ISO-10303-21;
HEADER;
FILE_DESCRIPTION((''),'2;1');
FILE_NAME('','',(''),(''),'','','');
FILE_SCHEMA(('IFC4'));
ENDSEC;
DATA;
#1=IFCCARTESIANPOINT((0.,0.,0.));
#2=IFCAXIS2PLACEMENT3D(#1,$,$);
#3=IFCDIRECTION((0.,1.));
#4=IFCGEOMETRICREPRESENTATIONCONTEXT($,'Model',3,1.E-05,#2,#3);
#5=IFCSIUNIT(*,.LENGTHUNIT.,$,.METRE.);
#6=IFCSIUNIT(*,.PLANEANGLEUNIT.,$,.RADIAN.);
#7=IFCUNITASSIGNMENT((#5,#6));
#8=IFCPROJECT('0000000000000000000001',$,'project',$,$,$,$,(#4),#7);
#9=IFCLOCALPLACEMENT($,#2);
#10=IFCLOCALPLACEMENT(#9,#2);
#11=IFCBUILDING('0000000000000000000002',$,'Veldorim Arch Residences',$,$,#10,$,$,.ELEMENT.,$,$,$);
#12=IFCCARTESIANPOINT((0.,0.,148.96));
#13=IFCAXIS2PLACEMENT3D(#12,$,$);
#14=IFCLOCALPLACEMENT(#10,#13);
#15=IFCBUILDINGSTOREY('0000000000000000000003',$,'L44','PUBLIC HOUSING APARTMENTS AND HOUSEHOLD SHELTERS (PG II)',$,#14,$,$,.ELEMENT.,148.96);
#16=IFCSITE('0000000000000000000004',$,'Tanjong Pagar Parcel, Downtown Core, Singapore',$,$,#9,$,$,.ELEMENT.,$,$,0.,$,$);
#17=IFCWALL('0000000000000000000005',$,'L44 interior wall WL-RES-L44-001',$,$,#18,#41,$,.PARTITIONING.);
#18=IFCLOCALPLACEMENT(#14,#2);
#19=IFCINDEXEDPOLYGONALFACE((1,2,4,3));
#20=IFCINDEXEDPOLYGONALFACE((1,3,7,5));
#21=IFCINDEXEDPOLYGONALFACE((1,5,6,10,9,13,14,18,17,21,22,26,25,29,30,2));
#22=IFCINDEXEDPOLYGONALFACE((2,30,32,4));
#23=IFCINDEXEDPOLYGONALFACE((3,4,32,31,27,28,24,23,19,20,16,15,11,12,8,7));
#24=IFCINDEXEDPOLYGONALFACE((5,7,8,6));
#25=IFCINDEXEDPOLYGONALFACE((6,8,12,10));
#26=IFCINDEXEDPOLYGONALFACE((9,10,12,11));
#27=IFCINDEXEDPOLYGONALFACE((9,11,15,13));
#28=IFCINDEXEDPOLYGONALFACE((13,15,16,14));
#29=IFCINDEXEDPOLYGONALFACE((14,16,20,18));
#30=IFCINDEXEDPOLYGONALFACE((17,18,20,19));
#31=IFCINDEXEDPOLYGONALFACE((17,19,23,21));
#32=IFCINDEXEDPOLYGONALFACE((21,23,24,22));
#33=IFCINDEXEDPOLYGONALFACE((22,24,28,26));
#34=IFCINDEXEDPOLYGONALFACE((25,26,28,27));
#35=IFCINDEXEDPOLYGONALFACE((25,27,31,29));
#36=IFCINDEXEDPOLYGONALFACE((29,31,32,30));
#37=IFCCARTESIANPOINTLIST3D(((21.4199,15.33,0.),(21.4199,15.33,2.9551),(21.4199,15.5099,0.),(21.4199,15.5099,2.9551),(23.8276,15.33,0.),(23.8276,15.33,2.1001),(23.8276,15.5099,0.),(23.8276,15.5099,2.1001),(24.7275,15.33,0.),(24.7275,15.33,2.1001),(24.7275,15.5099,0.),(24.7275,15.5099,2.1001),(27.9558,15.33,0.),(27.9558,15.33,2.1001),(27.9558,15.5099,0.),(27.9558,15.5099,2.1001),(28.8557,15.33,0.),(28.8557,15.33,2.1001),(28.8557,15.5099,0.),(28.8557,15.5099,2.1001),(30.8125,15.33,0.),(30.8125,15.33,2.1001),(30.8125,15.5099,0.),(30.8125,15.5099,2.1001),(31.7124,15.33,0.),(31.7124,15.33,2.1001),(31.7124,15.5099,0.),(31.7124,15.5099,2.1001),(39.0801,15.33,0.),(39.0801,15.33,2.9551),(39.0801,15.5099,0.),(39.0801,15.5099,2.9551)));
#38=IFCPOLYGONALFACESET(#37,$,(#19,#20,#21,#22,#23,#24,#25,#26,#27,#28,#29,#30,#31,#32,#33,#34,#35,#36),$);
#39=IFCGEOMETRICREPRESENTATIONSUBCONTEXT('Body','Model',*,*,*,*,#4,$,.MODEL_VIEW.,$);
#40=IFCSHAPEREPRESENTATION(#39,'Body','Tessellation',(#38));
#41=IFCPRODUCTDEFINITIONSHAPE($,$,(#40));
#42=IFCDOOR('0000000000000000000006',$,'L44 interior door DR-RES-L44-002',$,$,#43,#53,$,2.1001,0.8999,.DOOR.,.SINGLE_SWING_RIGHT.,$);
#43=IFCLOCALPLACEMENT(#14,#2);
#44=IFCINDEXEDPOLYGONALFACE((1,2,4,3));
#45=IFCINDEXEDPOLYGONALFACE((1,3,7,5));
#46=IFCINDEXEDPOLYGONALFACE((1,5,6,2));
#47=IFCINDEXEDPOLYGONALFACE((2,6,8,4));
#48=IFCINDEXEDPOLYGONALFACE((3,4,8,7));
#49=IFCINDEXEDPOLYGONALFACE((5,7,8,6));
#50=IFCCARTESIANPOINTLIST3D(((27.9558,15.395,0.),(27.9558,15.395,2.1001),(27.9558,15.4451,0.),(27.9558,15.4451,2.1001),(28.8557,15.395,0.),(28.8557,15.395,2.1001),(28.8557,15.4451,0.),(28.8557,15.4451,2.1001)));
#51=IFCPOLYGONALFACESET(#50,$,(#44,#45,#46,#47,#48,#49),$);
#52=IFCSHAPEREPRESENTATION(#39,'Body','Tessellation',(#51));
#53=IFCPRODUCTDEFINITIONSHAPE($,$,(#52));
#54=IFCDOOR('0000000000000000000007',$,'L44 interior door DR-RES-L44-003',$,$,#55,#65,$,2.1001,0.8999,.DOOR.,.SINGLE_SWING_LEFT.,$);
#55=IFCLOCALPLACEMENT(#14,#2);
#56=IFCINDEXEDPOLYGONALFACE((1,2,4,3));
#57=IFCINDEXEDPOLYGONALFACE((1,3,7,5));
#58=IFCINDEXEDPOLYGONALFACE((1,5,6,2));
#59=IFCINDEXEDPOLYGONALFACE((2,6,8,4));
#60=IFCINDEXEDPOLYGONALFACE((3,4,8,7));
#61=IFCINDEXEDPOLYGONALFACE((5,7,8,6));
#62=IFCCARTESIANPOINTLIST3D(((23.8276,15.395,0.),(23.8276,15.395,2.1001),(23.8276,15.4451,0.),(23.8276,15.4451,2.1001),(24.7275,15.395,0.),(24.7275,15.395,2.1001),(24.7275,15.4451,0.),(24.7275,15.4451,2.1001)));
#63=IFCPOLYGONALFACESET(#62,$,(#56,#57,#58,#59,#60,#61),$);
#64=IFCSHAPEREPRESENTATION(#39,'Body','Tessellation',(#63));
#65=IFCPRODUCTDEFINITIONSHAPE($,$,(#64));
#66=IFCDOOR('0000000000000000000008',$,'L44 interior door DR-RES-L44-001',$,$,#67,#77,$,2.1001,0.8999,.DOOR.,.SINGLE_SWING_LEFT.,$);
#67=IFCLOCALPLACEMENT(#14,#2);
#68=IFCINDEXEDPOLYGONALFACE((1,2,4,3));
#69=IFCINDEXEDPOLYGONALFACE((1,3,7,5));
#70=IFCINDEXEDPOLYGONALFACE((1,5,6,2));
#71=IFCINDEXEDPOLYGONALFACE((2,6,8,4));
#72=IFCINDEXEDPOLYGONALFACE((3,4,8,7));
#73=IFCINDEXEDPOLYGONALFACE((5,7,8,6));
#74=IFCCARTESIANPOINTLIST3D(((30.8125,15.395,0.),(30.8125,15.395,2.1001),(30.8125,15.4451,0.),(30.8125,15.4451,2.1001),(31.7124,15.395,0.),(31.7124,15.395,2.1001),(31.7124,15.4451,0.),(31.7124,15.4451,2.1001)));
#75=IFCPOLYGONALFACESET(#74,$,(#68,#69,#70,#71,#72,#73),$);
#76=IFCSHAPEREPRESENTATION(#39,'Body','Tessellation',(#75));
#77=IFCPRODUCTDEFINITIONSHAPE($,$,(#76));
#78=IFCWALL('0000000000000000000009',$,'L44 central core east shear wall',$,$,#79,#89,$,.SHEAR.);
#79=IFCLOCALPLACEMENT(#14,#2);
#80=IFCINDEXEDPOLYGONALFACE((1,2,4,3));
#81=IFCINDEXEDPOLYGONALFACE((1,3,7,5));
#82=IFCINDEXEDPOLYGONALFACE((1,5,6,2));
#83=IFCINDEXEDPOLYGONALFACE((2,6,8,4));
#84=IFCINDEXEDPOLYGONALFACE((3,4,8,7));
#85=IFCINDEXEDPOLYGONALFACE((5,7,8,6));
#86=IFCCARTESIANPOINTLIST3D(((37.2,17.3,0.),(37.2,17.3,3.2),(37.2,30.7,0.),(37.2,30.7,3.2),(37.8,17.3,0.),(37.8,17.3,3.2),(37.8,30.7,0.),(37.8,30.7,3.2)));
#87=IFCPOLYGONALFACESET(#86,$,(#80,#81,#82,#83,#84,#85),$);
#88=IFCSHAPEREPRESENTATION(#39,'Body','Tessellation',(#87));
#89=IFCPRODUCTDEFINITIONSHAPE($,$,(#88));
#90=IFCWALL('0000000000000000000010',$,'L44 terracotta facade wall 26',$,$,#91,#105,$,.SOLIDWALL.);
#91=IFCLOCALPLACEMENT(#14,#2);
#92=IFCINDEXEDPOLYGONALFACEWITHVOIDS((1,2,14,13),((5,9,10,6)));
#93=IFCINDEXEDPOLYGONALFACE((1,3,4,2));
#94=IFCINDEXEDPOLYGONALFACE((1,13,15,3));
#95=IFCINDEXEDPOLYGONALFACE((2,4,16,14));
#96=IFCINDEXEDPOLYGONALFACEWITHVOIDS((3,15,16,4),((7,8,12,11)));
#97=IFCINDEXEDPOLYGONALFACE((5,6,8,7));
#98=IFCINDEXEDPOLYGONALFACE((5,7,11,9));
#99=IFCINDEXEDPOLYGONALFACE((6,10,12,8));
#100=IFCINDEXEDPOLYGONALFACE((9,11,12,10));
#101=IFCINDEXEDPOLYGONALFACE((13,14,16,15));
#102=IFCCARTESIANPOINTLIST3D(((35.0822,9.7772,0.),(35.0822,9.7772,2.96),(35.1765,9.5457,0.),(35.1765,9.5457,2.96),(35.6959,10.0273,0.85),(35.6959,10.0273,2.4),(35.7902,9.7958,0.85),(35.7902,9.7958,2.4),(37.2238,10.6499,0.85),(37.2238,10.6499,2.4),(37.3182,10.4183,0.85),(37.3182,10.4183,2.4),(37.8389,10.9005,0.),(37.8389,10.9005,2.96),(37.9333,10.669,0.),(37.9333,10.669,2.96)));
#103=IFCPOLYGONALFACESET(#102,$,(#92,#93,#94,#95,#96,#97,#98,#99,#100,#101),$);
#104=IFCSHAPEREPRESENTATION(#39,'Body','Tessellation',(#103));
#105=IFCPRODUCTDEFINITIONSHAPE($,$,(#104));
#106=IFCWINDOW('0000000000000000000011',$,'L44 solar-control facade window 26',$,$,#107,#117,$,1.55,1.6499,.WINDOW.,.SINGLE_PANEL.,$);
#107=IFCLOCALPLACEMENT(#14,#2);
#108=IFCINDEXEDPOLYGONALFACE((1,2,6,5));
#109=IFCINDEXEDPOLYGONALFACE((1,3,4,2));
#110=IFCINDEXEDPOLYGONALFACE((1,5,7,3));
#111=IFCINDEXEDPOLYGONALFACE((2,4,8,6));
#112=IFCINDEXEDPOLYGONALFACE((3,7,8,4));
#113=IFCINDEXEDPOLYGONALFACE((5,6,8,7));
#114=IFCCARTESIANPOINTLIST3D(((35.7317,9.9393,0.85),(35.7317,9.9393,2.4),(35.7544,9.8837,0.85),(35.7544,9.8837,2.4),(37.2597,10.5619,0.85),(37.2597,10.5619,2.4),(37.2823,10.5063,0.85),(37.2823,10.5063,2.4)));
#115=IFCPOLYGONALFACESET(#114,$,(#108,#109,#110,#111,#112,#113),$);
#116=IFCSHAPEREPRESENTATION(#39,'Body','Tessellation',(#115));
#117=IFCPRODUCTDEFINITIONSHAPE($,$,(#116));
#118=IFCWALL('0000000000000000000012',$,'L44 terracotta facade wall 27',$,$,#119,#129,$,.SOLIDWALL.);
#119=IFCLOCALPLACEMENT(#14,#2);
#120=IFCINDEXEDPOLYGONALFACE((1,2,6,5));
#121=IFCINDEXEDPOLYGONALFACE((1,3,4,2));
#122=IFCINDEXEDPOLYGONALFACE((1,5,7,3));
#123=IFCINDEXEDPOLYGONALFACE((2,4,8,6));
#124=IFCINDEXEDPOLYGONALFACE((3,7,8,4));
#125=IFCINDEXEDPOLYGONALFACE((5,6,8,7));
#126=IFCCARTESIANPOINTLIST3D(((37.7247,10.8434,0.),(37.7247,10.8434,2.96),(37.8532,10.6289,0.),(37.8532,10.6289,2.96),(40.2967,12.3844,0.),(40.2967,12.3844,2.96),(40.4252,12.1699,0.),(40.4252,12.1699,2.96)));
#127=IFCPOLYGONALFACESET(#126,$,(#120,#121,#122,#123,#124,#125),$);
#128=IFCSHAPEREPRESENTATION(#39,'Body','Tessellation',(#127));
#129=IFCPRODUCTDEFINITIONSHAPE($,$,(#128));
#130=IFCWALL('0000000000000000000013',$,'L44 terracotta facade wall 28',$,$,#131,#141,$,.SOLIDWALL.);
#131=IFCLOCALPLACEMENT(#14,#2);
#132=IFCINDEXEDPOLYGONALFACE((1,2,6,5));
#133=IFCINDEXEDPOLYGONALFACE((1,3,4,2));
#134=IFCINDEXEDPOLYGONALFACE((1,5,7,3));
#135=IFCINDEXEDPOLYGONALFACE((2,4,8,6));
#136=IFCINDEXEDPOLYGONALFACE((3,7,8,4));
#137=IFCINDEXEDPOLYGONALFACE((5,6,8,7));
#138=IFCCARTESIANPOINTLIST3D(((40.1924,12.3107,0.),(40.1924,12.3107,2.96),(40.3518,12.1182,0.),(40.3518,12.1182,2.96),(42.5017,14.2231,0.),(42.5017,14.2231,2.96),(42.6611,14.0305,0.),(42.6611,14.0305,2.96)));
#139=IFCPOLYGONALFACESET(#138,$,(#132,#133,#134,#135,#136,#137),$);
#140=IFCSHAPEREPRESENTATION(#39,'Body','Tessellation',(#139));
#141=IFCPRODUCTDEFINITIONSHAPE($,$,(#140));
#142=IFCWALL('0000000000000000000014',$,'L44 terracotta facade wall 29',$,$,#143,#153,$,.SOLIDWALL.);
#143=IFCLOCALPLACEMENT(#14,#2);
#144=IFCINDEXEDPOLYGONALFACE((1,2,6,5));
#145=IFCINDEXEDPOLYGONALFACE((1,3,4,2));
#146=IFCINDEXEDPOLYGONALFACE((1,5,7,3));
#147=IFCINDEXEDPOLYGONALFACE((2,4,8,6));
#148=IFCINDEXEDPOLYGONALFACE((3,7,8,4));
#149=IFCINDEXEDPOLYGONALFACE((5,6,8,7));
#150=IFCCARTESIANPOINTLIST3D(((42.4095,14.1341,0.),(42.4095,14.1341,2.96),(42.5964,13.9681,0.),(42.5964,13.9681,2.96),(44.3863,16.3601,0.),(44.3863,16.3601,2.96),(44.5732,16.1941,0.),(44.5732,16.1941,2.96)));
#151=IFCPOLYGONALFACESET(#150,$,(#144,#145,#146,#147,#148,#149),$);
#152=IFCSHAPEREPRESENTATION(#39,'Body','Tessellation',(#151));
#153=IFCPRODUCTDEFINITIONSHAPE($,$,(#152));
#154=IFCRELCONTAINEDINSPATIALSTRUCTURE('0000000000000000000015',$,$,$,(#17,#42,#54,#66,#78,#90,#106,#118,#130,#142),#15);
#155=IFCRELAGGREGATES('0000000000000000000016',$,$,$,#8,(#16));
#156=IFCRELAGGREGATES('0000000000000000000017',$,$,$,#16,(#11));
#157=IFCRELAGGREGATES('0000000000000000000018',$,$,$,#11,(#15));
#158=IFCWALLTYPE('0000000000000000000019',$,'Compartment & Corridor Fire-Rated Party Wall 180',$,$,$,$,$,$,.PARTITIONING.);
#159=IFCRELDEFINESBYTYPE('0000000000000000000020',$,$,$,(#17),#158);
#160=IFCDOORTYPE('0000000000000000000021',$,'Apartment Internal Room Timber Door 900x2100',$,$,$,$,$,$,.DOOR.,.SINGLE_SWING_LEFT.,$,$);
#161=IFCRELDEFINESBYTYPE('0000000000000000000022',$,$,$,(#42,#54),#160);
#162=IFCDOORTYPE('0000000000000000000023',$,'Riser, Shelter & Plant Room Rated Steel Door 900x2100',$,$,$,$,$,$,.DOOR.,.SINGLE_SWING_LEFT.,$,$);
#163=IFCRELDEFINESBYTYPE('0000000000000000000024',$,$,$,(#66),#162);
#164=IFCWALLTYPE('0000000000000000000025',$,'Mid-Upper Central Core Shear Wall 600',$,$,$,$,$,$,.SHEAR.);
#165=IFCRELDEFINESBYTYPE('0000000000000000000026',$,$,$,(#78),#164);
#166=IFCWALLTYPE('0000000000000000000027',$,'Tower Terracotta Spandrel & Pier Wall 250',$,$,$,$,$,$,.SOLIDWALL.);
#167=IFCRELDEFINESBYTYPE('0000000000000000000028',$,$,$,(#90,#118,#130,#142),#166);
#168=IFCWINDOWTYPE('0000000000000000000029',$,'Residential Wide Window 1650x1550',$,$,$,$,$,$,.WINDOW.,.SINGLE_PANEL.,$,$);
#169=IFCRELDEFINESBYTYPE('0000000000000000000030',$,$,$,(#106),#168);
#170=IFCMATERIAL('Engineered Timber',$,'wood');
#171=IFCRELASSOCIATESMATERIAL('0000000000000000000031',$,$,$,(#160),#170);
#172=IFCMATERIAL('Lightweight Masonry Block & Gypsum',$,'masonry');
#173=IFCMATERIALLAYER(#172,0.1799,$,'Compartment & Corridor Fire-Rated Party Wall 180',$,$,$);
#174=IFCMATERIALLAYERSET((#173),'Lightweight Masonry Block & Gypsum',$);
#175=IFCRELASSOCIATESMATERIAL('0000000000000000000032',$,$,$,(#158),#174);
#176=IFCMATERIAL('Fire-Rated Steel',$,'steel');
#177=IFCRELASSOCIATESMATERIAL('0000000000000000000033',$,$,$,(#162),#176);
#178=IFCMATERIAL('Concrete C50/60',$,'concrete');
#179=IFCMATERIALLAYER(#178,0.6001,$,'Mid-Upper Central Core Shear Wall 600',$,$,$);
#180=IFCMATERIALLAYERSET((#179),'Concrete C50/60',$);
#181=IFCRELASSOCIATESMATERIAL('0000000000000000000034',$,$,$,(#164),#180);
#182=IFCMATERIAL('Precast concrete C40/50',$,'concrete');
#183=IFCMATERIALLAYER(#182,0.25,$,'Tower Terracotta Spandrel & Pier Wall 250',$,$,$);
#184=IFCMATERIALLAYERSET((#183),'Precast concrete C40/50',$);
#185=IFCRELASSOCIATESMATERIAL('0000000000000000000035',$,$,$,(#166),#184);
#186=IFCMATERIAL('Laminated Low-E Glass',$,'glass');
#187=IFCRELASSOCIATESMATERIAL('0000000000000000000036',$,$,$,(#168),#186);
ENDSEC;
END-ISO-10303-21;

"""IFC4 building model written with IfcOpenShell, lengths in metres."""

from ifc_helpers import new_model, si_unit, direction, frame, frame_2d, origin, place, context, subcontext, project, spatial, rectangle, extrude, material, layer, layer_set, type_object, element, fill, save


model = new_model("IFC4")

# Units and contexts
model_context = context("Model", 3, precision=1e-05, world=origin(), true_north=direction((0.0, 1.0)))
body_context = subcontext(model_context, "Body", "Model", "MODEL_VIEW")
ifc_project = project(units=[si_unit("LENGTHUNIT", "METRE"), si_unit("PLANEANGLEUNIT", "RADIAN")], contexts=[model_context])

# Site, building, storey
site_placement = place(None, origin())
site = spatial("IfcSite", under=ifc_project, at=site_placement, Name="Tanjong Pagar Parcel, Downtown Core, Singapore", CompositionType="ELEMENT", RefElevation=0.0)
building_placement = place(site_placement, origin())
building = spatial("IfcBuilding", under=site, at=building_placement, Name="Veldorim Arch Residences", CompositionType="ELEMENT")
storey_placement = place(building_placement, frame((0.0, 0.0, 148.96)))
storey = spatial("IfcBuildingStorey", under=building, at=storey_placement, Name="L44", Description="PUBLIC HOUSING APARTMENTS AND HOUSEHOLD SHELTERS (PG II)", CompositionType="ELEMENT", Elevation=148.96)

# Shared definitions
ifc_material_1 = material(Name="Engineered Timber", Category="wood")
door_type_1 = type_object("IfcDoorType", Name="Apartment Internal Room Timber Door 900x2100", OperationType="SINGLE_SWING_LEFT", PredefinedType="DOOR", material=ifc_material_1)

# Shared definitions
ifc_material_2 = material(Name="Lightweight Masonry Block & Gypsum", Category="masonry")
ifc_layer_1 = layer(ifc_material_2, 0.1799, Name="Compartment & Corridor Fire-Rated Party Wall 180")
ifc_layer_set_1 = layer_set([ifc_layer_1], Name="Lightweight Masonry Block & Gypsum")
wall_type_1 = type_object("IfcWallType", Name="Compartment & Corridor Fire-Rated Party Wall 180", PredefinedType="PARTITIONING", material=ifc_layer_set_1)

# Wall, openings, doors
wall_1_placement = place(storey_placement, frame((39.0801, 15.4199, 0.0), z_axis=(0.0, 0.0, 1.0), x_axis=(-1.0, 0.0, 0.0)))
wall_1 = element("IfcWall", 1, at=wall_1_placement, inside=storey, type_object=wall_type_1, Name="L44 interior wall WL-RES-L44-001", PredefinedType="PARTITIONING", context=body_context, shape_type="SweptSolid", body=[
    extrude(rectangle(XDim=17.6602, YDim=0.1799, at=frame_2d((8.8301, 0.0))), origin(), (0.0, 0.0, 1.0), 2.9551),
])
opening_1_placement = place(wall_1_placement, frame((7.3677, 0.0, 0.0)))
opening_1 = element("IfcOpeningElement", 2, at=opening_1_placement, cuts=wall_1, PredefinedType="OPENING", context=body_context, shape_type="SweptSolid", body=[
    extrude(rectangle(XDim=0.8999, YDim=2.1001, at=frame_2d((0.45, 1.05))), frame((0.0, 0.0999, 0.0), z_axis=(0.0, -1.0, 0.0), x_axis=(1.0, 0.0, 0.0)), (0.0, 0.0, 1.0), 0.2),
])
opening_2_placement = place(wall_1_placement, frame((10.2244, 0.0, 0.0)))
opening_2 = element("IfcOpeningElement", 3, at=opening_2_placement, cuts=wall_1, PredefinedType="OPENING", context=body_context, shape_type="SweptSolid", body=[
    extrude(rectangle(XDim=0.8999, YDim=2.1001, at=frame_2d((0.45, 1.05))), frame((0.0, 0.0999, 0.0), z_axis=(0.0, -1.0, 0.0), x_axis=(1.0, 0.0, 0.0)), (0.0, 0.0, 1.0), 0.2),
])
opening_3_placement = place(wall_1_placement, frame((14.3525, 0.0, 0.0)))
opening_3 = element("IfcOpeningElement", 4, at=opening_3_placement, cuts=wall_1, PredefinedType="OPENING", context=body_context, shape_type="SweptSolid", body=[
    extrude(rectangle(XDim=0.8999, YDim=2.1001, at=frame_2d((0.45, 1.05))), frame((0.0, 0.0999, 0.0), z_axis=(0.0, -1.0, 0.0), x_axis=(1.0, 0.0, 0.0)), (0.0, 0.0, 1.0), 0.2),
])
door_1_placement = place(opening_2_placement, origin())
door_1 = element("IfcDoor", 5, at=door_1_placement, inside=storey, type_object=door_type_1, Name="L44 interior door DR-RES-L44-002", OperationType="SINGLE_SWING_RIGHT", OverallHeight=2.1001, OverallWidth=0.8999, PredefinedType="DOOR", context=body_context, shape_type="SweptSolid", body=[
    extrude(rectangle(XDim=0.8999, YDim=2.1001, at=frame_2d((0.45, 1.05))), frame((0.0, 0.0249, 0.0), z_axis=(0.0, -1.0, 0.0), x_axis=(1.0, 0.0, 0.0)), (0.0, 0.0, 1.0), 0.05),
])
fill(opening_2, door_1)
door_2_placement = place(opening_3_placement, origin())
door_2 = element("IfcDoor", 6, at=door_2_placement, inside=storey, type_object=door_type_1, Name="L44 interior door DR-RES-L44-003", OperationType="SINGLE_SWING_LEFT", OverallHeight=2.1001, OverallWidth=0.8999, PredefinedType="DOOR", context=body_context, shape_type="SweptSolid", body=[
    extrude(rectangle(XDim=0.8999, YDim=2.1001, at=frame_2d((0.45, 1.05))), frame((0.0, 0.0249, 0.0), z_axis=(0.0, -1.0, 0.0), x_axis=(1.0, 0.0, 0.0)), (0.0, 0.0, 1.0), 0.05),
])
fill(opening_3, door_2)
ifc_material_3 = material(Name="Fire-Rated Steel", Category="steel")
door_type_2 = type_object("IfcDoorType", Name="Riser, Shelter & Plant Room Rated Steel Door 900x2100", OperationType="SINGLE_SWING_LEFT", PredefinedType="DOOR", material=ifc_material_3)
door_3_placement = place(opening_1_placement, origin())
door_3 = element("IfcDoor", 7, at=door_3_placement, inside=storey, type_object=door_type_2, Name="L44 interior door DR-RES-L44-001", OperationType="SINGLE_SWING_LEFT", OverallHeight=2.1001, OverallWidth=0.8999, PredefinedType="DOOR", context=body_context, shape_type="SweptSolid", body=[
    extrude(rectangle(XDim=0.8999, YDim=2.1001, at=frame_2d((0.45, 1.05))), frame((0.0, 0.0249, 0.0), z_axis=(0.0, -1.0, 0.0), x_axis=(1.0, 0.0, 0.0)), (0.0, 0.0, 1.0), 0.05),
])
fill(opening_1, door_3)

# Wall
ifc_material_4 = material(Name="Concrete C50/60", Category="concrete")
ifc_layer_2 = layer(ifc_material_4, 0.6001, Name="Mid-Upper Central Core Shear Wall 600")
ifc_layer_set_2 = layer_set([ifc_layer_2], Name="Concrete C50/60")
wall_type_2 = type_object("IfcWallType", Name="Mid-Upper Central Core Shear Wall 600", PredefinedType="SHEAR", material=ifc_layer_set_2)
wall_2_placement = place(storey_placement, frame((37.5, 17.3, 0.0), z_axis=(0.0, 0.0, 1.0), x_axis=(0.0, 1.0, 0.0)))
element("IfcWall", 8, at=wall_2_placement, inside=storey, type_object=wall_type_2, Name="L44 central core east shear wall", PredefinedType="SHEAR", context=body_context, shape_type="SweptSolid", body=[
    extrude(rectangle(XDim=13.3999, YDim=0.6001, at=frame_2d((6.7, 0.0))), origin(), (0.0, 0.0, 1.0), 3.2),
])

# Wall, opening, window
ifc_material_5 = material(Name="Precast concrete C40/50", Category="concrete")
ifc_layer_3 = layer(ifc_material_5, 0.25, Name="Tower Terracotta Spandrel & Pier Wall 250")
ifc_layer_set_3 = layer_set([ifc_layer_3], Name="Precast concrete C40/50")
wall_type_3 = type_object("IfcWallType", Name="Tower Terracotta Spandrel & Pier Wall 250", PredefinedType="SOLIDWALL", material=ifc_layer_set_3)
wall_3_placement = place(storey_placement, frame((37.886, 10.7847, 0.0), z_axis=(0.0, 0.0, 1.0), x_axis=(-0.926076, -0.377336, 0.0)))
wall_3 = element("IfcWall", 9, at=wall_3_placement, inside=storey, type_object=wall_type_3, Name="L44 terracotta facade wall 26", PredefinedType="SOLIDWALL", context=body_context, shape_type="SweptSolid", body=[
    extrude(rectangle(XDim=2.9768, YDim=0.25, at=frame_2d((1.4883, 0.0))), origin(), (0.0, 0.0, 1.0), 2.96),
])
opening_4_placement = place(wall_3_placement, frame((0.6641, 0.0, 0.8501)))
opening_4 = element("IfcOpeningElement", 10, at=opening_4_placement, cuts=wall_3, PredefinedType="OPENING", context=body_context, shape_type="SweptSolid", body=[
    extrude(rectangle(XDim=1.6499, YDim=1.55, at=frame_2d((0.825, 0.7749))), frame((0.0, 0.135, 0.0), z_axis=(0.0, -1.0, 0.0), x_axis=(1.0, 0.0, 0.0)), (0.0, 0.0, 1.0), 0.27),
])
ifc_material_6 = material(Name="Laminated Low-E Glass", Category="glass")
window_type = type_object("IfcWindowType", Name="Residential Wide Window 1650x1550", PartitioningType="SINGLE_PANEL", PredefinedType="WINDOW", material=ifc_material_6)
window_placement = place(opening_4_placement, origin())
window = element("IfcWindow", 11, at=window_placement, inside=storey, type_object=window_type, Name="L44 solar-control facade window 26", OverallHeight=1.55, OverallWidth=1.6499, PartitioningType="SINGLE_PANEL", PredefinedType="WINDOW", context=body_context, shape_type="SweptSolid", body=[
    extrude(rectangle(XDim=1.6499, YDim=1.55, at=frame_2d((0.825, 0.7749))), frame((0.0, 0.03, 0.0), z_axis=(0.0, -1.0, 0.0), x_axis=(1.0, 0.0, 0.0)), (0.0, 0.0, 1.0), 0.0601),
])
fill(opening_4, window)

# Walls
for number, where, z_axis, x_axis, name in (
    (12, (40.3608, 12.2771, 0.0), (0.0, 0.0, 1.0), (-0.857816, -0.513957, 0.0), "L44 terracotta facade wall 27"),
    (13, (42.5813, 14.1267, 0.0), (0.0, 0.0, 1.0), (-0.7702, -0.637803, 0.0), "L44 terracotta facade wall 28"),
):
    element("IfcWall", number, at=place(storey_placement, frame(where, z_axis=z_axis, x_axis=x_axis)), inside=storey, type_object=wall_type_3, Name=name, PredefinedType="SOLIDWALL", context=body_context, shape_type="SweptSolid", body=[
        extrude(rectangle(XDim=2.9983, YDim=0.25, at=frame_2d((1.499, 0.0))), origin(), (0.0, 0.0, 1.0), 2.96),
    ])
wall_4_placement = place(storey_placement, frame((44.4797, 16.2771, 0.0), z_axis=(0.0, 0.0, 1.0), x_axis=(-0.664002, -0.74773, 0.0)))
element("IfcWall", 14, at=wall_4_placement, inside=storey, type_object=wall_type_3, Name="L44 terracotta facade wall 29", PredefinedType="SOLIDWALL", context=body_context, shape_type="SweptSolid", body=[
    extrude(rectangle(XDim=2.9771, YDim=0.25, at=frame_2d((1.4885, 0.0))), origin(), (0.0, 0.0, 1.0), 2.96),
])

save(model, "model.ifc")
